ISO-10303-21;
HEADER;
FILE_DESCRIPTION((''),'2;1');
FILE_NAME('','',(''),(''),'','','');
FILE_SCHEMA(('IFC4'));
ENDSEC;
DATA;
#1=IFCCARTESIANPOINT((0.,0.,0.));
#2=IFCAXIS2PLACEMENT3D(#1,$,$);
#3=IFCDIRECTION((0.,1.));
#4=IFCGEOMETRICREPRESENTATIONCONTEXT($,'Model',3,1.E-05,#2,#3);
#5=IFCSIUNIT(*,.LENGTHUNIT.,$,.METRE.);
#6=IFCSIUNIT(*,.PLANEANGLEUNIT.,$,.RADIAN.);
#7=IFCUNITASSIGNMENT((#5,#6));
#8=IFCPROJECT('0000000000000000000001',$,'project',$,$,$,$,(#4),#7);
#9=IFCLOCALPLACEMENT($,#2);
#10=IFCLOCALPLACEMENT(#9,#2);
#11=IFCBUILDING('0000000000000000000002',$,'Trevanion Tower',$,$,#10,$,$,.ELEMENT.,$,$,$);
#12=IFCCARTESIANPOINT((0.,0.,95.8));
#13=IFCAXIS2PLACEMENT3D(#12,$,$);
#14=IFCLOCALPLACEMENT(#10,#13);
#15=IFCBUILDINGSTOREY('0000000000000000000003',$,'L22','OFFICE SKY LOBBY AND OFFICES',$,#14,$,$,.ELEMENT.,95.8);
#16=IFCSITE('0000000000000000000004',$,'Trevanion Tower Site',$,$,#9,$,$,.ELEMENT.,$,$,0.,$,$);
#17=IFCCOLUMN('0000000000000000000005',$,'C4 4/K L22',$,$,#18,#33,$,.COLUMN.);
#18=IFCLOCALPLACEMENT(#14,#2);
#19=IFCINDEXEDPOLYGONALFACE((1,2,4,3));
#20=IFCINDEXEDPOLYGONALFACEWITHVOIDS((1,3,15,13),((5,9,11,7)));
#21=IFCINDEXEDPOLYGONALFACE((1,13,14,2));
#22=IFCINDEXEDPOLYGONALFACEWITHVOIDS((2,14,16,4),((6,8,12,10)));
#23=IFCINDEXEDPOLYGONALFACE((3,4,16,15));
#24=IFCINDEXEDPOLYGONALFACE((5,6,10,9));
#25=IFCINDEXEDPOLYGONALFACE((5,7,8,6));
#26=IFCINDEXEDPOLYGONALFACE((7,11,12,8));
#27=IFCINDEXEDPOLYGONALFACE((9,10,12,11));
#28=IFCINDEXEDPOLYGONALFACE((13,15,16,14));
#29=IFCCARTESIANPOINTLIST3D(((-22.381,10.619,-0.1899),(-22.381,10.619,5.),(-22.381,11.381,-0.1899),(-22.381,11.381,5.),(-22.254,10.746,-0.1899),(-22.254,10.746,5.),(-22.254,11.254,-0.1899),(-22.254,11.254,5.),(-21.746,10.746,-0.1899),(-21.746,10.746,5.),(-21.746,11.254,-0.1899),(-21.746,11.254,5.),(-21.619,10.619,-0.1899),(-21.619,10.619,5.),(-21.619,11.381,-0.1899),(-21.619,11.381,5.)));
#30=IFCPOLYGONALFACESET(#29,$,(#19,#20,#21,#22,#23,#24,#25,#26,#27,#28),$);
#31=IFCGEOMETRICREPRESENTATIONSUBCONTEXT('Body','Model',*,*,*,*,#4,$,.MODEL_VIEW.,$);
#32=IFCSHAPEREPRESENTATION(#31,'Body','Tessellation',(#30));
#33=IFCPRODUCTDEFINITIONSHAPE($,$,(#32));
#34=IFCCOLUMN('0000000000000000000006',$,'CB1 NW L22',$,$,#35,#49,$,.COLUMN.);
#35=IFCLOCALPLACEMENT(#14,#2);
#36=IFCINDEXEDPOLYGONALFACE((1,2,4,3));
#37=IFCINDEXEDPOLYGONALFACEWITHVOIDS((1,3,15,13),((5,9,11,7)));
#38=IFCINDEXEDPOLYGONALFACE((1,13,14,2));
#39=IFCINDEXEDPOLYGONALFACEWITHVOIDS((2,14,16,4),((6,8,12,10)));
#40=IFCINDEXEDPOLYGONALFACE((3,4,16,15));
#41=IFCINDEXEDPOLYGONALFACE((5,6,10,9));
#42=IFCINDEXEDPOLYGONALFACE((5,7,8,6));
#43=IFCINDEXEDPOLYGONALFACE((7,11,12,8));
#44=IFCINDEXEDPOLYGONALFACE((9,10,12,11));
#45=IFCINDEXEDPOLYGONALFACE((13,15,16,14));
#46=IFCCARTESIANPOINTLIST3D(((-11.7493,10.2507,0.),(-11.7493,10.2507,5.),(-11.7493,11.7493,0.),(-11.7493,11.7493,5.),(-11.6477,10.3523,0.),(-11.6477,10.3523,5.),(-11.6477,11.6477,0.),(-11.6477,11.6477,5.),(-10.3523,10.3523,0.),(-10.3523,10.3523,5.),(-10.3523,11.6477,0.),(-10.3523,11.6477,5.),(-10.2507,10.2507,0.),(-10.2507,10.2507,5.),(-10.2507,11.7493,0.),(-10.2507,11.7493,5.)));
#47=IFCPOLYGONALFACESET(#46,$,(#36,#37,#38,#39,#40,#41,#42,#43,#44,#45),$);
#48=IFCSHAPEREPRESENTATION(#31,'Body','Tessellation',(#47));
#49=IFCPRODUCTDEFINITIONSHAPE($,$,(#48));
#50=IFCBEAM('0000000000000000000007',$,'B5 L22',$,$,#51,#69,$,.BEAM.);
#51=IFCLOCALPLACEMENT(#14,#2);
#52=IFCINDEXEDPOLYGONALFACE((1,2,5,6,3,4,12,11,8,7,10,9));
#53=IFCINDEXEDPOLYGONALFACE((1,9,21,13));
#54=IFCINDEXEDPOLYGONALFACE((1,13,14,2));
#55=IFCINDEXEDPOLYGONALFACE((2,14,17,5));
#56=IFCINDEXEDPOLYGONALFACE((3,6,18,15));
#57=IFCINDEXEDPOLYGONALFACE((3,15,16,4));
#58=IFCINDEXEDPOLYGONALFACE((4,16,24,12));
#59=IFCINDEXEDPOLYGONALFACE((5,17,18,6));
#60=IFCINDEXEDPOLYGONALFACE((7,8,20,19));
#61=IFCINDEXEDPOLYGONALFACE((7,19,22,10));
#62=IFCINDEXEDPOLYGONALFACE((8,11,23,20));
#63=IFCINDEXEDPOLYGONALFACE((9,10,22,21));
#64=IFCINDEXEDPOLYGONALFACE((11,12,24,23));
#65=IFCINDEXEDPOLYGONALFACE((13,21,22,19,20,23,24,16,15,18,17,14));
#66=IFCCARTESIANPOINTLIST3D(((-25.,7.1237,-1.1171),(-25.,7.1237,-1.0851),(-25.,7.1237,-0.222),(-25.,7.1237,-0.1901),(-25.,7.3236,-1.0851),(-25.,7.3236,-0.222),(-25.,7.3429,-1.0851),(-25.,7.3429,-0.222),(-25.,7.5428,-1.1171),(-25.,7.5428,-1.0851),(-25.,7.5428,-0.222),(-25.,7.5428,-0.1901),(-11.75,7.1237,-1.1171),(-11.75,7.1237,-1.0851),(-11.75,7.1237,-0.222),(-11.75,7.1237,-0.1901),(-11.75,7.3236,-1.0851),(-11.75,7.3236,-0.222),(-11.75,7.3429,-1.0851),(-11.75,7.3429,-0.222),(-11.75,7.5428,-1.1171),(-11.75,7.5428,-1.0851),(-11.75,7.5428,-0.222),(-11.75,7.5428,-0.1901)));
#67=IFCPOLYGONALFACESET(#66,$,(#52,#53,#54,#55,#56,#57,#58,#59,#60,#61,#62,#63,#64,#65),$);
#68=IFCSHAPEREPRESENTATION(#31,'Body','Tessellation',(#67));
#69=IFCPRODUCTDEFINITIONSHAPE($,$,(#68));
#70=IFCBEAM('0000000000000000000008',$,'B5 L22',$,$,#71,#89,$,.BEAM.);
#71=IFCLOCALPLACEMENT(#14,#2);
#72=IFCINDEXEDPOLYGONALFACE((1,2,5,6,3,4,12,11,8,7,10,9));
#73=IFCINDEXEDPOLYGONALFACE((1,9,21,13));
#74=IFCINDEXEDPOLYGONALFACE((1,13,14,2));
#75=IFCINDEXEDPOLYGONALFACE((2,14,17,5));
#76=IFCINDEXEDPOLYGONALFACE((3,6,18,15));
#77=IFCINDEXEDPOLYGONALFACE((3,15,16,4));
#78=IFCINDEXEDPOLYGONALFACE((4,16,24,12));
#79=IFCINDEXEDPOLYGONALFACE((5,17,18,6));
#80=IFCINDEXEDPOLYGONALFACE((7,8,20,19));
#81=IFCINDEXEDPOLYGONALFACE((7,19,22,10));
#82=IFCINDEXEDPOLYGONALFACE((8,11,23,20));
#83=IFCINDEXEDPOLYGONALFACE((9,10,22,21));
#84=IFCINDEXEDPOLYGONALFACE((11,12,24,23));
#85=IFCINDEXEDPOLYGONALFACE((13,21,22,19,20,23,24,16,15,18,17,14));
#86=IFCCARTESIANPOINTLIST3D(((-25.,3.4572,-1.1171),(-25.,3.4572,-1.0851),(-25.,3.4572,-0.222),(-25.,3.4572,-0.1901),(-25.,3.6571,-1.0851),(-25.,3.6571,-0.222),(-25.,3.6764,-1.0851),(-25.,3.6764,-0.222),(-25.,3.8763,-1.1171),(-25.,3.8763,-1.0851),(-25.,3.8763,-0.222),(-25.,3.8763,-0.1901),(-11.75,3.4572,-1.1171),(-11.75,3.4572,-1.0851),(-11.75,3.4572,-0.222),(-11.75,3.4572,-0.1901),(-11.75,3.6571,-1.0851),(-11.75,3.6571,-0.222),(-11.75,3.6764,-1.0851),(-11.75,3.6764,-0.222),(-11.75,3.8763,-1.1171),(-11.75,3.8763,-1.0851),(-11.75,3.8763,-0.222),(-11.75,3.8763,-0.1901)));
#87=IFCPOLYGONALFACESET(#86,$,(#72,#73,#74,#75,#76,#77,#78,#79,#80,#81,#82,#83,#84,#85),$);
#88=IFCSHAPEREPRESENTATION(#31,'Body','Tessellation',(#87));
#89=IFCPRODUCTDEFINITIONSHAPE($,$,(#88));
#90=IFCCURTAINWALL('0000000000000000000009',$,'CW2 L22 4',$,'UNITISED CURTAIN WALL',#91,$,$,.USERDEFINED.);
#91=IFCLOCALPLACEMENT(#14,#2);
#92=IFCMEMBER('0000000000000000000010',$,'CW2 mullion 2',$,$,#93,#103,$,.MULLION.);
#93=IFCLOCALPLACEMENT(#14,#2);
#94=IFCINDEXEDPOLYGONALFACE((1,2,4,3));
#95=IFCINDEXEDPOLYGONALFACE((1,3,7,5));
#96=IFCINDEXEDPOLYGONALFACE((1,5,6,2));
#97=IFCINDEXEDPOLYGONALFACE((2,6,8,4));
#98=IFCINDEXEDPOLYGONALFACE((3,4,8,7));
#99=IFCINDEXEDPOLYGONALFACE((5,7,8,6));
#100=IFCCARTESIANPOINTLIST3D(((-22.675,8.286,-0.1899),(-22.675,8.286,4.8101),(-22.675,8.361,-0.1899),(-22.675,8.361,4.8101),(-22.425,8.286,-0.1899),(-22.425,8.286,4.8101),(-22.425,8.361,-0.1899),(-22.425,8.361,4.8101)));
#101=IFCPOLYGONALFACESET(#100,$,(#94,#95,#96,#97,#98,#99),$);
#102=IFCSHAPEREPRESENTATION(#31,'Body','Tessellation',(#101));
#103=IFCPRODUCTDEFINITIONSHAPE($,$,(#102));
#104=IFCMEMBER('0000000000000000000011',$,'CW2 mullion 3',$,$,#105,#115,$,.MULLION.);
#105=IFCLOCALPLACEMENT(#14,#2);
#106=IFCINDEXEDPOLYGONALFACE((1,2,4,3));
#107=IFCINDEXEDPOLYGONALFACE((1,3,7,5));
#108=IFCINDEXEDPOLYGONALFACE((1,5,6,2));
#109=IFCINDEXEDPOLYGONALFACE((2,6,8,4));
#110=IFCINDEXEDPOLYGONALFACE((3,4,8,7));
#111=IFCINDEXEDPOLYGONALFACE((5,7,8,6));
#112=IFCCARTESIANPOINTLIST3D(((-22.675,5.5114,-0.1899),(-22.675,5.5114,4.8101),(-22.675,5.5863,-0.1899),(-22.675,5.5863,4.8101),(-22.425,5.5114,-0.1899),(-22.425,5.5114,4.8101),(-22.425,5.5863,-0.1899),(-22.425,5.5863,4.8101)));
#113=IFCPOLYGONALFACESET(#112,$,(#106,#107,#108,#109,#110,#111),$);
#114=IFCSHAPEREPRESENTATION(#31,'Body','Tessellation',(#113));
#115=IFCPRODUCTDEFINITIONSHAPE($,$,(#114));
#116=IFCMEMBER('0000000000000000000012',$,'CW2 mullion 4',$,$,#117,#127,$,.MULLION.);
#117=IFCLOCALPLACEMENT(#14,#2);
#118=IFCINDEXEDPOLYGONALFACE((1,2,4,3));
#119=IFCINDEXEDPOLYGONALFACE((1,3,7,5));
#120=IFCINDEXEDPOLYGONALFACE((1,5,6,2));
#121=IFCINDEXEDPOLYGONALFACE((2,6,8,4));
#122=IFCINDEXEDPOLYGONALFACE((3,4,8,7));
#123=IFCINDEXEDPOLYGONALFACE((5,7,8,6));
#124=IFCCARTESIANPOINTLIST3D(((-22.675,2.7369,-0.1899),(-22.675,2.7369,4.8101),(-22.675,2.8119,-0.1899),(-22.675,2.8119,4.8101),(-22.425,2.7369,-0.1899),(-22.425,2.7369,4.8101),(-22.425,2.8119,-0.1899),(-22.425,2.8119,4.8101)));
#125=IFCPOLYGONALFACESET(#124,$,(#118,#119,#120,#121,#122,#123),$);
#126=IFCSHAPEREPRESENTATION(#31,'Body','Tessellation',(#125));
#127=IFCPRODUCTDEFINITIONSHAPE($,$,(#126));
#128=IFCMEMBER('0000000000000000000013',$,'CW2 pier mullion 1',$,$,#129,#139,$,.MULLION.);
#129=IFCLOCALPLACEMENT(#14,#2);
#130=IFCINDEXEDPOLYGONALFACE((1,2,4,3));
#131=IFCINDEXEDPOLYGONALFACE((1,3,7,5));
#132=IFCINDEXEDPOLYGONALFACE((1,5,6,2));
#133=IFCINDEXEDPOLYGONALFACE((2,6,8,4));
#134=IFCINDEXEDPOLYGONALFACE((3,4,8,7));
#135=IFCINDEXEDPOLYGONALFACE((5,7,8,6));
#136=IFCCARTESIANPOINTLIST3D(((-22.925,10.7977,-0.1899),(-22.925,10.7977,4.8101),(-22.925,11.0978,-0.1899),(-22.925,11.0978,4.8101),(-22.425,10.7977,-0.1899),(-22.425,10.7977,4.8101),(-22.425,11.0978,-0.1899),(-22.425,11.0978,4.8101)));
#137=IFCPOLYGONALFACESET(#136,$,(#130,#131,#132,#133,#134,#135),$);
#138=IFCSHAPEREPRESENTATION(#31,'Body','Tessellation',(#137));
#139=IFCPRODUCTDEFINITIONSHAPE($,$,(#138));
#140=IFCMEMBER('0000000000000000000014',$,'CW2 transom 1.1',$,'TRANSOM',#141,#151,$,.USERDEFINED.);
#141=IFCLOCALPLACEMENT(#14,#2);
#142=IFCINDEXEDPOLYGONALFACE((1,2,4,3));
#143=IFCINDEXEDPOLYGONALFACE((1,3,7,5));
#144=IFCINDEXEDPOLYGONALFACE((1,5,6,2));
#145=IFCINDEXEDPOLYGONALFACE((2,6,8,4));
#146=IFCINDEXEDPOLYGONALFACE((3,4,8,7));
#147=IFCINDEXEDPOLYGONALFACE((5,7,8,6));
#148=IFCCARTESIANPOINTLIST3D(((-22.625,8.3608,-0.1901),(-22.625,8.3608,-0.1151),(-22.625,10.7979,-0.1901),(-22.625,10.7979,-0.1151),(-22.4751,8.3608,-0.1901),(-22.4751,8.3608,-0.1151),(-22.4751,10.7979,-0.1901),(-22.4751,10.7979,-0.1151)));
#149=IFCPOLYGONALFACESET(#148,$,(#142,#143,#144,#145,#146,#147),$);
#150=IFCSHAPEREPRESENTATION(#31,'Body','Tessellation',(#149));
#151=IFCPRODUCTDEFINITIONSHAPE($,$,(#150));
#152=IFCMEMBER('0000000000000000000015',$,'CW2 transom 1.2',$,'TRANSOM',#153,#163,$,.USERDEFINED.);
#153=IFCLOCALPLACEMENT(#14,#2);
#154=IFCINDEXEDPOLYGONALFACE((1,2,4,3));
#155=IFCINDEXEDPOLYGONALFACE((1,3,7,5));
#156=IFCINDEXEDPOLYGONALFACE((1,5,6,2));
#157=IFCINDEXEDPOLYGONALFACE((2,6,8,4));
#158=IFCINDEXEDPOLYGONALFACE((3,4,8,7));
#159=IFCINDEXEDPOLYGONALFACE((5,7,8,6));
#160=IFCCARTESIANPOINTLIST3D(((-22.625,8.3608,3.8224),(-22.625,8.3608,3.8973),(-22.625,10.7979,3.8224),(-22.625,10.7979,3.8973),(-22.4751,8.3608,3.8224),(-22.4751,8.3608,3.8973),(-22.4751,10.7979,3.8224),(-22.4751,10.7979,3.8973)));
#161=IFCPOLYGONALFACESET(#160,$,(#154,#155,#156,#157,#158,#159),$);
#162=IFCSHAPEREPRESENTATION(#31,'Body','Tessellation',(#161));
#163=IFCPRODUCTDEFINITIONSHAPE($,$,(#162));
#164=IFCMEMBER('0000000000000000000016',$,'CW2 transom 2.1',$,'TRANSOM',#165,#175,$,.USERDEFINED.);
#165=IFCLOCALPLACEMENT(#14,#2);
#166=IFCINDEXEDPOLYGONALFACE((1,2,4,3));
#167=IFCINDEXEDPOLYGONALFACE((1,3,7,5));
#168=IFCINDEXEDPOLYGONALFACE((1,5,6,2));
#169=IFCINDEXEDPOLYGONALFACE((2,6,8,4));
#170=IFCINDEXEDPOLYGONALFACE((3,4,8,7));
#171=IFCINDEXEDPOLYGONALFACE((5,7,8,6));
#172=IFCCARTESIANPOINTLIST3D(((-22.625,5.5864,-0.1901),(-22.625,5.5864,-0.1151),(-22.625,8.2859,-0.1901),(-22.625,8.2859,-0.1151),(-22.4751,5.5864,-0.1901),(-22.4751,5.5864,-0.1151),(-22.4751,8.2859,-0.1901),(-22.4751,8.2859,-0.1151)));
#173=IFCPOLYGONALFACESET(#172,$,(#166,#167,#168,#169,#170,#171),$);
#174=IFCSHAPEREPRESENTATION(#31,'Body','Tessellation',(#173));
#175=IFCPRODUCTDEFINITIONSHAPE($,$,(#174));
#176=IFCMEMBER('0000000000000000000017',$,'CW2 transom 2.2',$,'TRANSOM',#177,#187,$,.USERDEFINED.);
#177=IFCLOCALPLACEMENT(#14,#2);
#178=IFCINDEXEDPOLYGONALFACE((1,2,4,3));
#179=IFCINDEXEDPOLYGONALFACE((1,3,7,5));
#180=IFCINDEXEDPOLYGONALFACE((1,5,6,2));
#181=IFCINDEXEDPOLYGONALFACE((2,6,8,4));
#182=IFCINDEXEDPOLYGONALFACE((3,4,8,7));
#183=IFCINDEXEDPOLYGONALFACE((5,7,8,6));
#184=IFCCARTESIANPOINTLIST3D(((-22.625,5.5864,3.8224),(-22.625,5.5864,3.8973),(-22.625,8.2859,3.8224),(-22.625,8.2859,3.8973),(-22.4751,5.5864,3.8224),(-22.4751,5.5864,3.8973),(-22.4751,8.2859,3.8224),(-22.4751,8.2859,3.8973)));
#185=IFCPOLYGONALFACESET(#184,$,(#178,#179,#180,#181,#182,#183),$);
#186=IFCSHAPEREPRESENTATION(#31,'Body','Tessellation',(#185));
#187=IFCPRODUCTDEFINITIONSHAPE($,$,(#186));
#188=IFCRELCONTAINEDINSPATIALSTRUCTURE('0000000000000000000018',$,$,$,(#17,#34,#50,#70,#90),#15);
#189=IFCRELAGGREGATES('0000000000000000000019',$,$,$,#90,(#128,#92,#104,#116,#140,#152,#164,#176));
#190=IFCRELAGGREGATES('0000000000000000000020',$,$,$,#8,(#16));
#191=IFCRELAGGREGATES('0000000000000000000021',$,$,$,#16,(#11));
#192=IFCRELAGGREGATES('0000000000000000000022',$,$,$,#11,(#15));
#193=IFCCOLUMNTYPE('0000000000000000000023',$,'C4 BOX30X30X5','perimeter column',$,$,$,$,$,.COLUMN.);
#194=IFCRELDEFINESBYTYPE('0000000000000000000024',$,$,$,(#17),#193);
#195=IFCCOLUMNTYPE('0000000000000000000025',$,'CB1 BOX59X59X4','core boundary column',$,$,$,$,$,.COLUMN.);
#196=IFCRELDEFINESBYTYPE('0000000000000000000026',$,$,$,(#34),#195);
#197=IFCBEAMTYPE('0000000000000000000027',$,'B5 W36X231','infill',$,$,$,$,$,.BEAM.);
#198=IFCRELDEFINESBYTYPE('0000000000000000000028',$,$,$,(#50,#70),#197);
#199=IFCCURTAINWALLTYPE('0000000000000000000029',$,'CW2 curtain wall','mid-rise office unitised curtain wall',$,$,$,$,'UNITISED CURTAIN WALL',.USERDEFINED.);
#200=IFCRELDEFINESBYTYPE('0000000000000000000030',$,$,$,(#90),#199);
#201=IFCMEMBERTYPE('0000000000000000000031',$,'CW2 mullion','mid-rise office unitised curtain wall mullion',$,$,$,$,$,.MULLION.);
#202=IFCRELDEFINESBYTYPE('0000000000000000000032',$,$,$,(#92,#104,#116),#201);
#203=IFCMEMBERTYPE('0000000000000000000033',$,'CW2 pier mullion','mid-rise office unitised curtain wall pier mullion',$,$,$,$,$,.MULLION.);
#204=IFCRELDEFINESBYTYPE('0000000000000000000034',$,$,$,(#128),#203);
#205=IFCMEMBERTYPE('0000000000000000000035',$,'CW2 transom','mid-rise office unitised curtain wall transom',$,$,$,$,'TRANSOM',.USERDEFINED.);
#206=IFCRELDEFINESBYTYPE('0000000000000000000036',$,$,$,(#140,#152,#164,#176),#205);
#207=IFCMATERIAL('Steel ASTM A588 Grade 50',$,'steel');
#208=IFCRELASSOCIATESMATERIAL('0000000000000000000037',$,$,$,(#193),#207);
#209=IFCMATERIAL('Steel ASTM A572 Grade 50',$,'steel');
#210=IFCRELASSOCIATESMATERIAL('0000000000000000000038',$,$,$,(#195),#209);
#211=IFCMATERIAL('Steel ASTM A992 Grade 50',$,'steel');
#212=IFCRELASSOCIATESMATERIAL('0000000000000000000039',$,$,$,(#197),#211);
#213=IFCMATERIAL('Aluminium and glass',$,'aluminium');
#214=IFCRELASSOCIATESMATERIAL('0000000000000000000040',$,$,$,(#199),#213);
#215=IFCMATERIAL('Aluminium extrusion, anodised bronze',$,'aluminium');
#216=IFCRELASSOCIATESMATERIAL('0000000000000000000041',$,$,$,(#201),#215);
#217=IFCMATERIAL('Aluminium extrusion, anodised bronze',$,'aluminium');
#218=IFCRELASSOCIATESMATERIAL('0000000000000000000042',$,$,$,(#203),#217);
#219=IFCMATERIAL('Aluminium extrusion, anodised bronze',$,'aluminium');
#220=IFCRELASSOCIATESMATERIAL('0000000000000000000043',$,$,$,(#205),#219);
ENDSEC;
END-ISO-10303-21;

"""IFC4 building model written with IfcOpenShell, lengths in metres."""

from ifc_helpers import new_model, si_unit, direction, frame, origin, origin_2d, place, context, subcontext, project, spatial, rectangle, hollow_rectangle, i_section, extrude, material, material_profile, profile_set, type_object, element, aggregate, save


model = new_model("IFC4")

# Units and contexts
model_context = context("Model", 3, precision=1e-05, world=origin(), true_north=direction((0.0, 1.0)))
body_context = subcontext(model_context, "Body", "Model", "MODEL_VIEW")
ifc_project = project(units=[si_unit("LENGTHUNIT", "METRE"), si_unit("PLANEANGLEUNIT", "RADIAN")], contexts=[model_context])

# Site, building, storey
site_placement = place(None, origin())
site = spatial("IfcSite", under=ifc_project, at=site_placement, Name="Trevanion Tower Site", CompositionType="ELEMENT", RefElevation=0.0)
building_placement = place(site_placement, origin())
building = spatial("IfcBuilding", under=site, at=building_placement, Name="Trevanion Tower", CompositionType="ELEMENT")
storey_placement = place(building_placement, frame((0.0, 0.0, 95.8)))
storey = spatial("IfcBuildingStorey", under=building, at=storey_placement, Name="L22", Description="OFFICE SKY LOBBY AND OFFICES", CompositionType="ELEMENT", Elevation=95.8)

# Columns
ifc_material_1 = material(Name="Steel ASTM A588 Grade 50", Category="steel")
ifc_material_profile_1 = material_profile(ifc_material_1, hollow_rectangle(XDim=0.762, YDim=0.762, WallThickness=0.127, at=origin_2d()), Name="BOX30X30X5")
ifc_profile_set_1 = profile_set([ifc_material_profile_1], Name="Steel ASTM A588 Grade 50")
column_type_1 = type_object("IfcColumnType", Name="C4 BOX30X30X5", Description="perimeter column", PredefinedType="COLUMN", material=ifc_profile_set_1)
column_1_placement = place(storey_placement, frame((-22.0, 11.0, -0.1899), z_axis=(0.0, 0.0, 1.0), x_axis=(0.0, 1.0, 0.0)))
element("IfcColumn", 1, at=column_1_placement, inside=storey, type_object=column_type_1, Name="C4 4/K L22", PredefinedType="COLUMN", context=body_context, shape_type="SweptSolid", body=[
    extrude(hollow_rectangle(XDim=0.762, YDim=0.762, WallThickness=0.127, at=origin_2d()), origin(), (0.0, 0.0, 1.0), 5.1899),
])
ifc_material_2 = material(Name="Steel ASTM A572 Grade 50", Category="steel")
ifc_material_profile_2 = material_profile(ifc_material_2, hollow_rectangle(XDim=1.4985, YDim=1.4985, WallThickness=0.1016, at=origin_2d()), Name="BOX59X59X4")
ifc_profile_set_2 = profile_set([ifc_material_profile_2], Name="Steel ASTM A572 Grade 50")
column_type_2 = type_object("IfcColumnType", Name="CB1 BOX59X59X4", Description="core boundary column", PredefinedType="COLUMN", material=ifc_profile_set_2)
column_2_placement = place(storey_placement, frame((-11.0, 11.0, 0.0), z_axis=(0.0, 0.0, 1.0), x_axis=(1.0, 0.0, 0.0)))
element("IfcColumn", 2, at=column_2_placement, inside=storey, type_object=column_type_2, Name="CB1 NW L22", PredefinedType="COLUMN", context=body_context, shape_type="SweptSolid", body=[
    extrude(hollow_rectangle(XDim=1.4985, YDim=1.4985, WallThickness=0.1016, at=origin_2d()), origin(), (0.0, 0.0, 1.0), 5.0),
])

# Beams
ifc_material_3 = material(Name="Steel ASTM A992 Grade 50", Category="steel")
ifc_material_profile_3 = material_profile(ifc_material_3, i_section(OverallWidth=0.4192, OverallDepth=0.927, WebThickness=0.0193, FlangeThickness=0.032, at=origin_2d()), Name="W36X231")
ifc_profile_set_3 = profile_set([ifc_material_profile_3], Name="Steel ASTM A992 Grade 50")
beam_type_1 = type_object("IfcBeamType", Name="B5 W36X231", Description="infill", PredefinedType="BEAM", material=ifc_profile_set_3)
for number, where, z_axis, x_axis, name in (
    (3, (-11.75, 7.3333, -0.6536), (-1.0, 0.0, 0.0), (0.0, -1.0, 0.0), "B5 L22"),
    (4, (-11.75, 3.6667, -0.6536), (-1.0, 0.0, 0.0), (0.0, -1.0, 0.0), "B5 L22"),
):
    element("IfcBeam", number, at=place(storey_placement, frame(where, z_axis=z_axis, x_axis=x_axis)), inside=storey, type_object=beam_type_1, Name=name, PredefinedType="BEAM", context=body_context, shape_type="SweptSolid", body=[
        extrude(i_section(OverallWidth=0.4192, OverallDepth=0.927, WebThickness=0.0193, FlangeThickness=0.032, at=origin_2d()), origin(), (0.0, 0.0, 1.0), 13.25),
    ])

# Curtain wall, members
ifc_material_4 = material(Name="Aluminium and glass", Category="aluminium")
curtain_wall_type = type_object("IfcCurtainWallType", Name="CW2 curtain wall", Description="mid-rise office unitised curtain wall", ElementType="UNITISED CURTAIN WALL", PredefinedType="USERDEFINED", material=ifc_material_4)
curtain_wall_placement = place(storey_placement, origin())
curtain_wall = element("IfcCurtainWall", 5, at=curtain_wall_placement, inside=storey, type_object=curtain_wall_type, Name="CW2 L22 4", ObjectType="UNITISED CURTAIN WALL", PredefinedType="USERDEFINED")
ifc_material_5 = material(Name="Aluminium extrusion, anodised bronze", Category="aluminium")
ifc_material_profile_4 = material_profile(ifc_material_5, rectangle(XDim=0.075, YDim=0.25, at=origin_2d()), Name="CW2 mullion")
ifc_profile_set_4 = profile_set([ifc_material_profile_4], Name="Aluminium extrusion, anodised bronze")
member_type_1 = type_object("IfcMemberType", Name="CW2 mullion", Description="mid-rise office unitised curtain wall mullion", PredefinedType="MULLION", material=ifc_profile_set_4)
member_1_placement = place(storey_placement, frame((-22.55, 8.3235, -0.1899), z_axis=(0.0, 0.0, 1.0), x_axis=(0.0, -1.0, 0.0)))
member_1 = element("IfcMember", 6, at=member_1_placement, type_object=member_type_1, Name="CW2 mullion 2", PredefinedType="MULLION", context=body_context, shape_type="SweptSolid", body=[
    extrude(rectangle(XDim=0.075, YDim=0.25, at=origin_2d()), origin(), (0.0, 0.0, 1.0), 5.0),
])
member_2_placement = place(storey_placement, frame((-22.55, 5.5488, -0.1899), z_axis=(0.0, 0.0, 1.0), x_axis=(0.0, -1.0, 0.0)))
member_2 = element("IfcMember", 7, at=member_2_placement, type_object=member_type_1, Name="CW2 mullion 3", PredefinedType="MULLION", context=body_context, shape_type="SweptSolid", body=[
    extrude(rectangle(XDim=0.075, YDim=0.25, at=origin_2d()), origin(), (0.0, 0.0, 1.0), 5.0),
])
member_3_placement = place(storey_placement, frame((-22.55, 2.7744, -0.1899), z_axis=(0.0, 0.0, 1.0), x_axis=(0.0, -1.0, 0.0)))
member_3 = element("IfcMember", 8, at=member_3_placement, type_object=member_type_1, Name="CW2 mullion 4", PredefinedType="MULLION", context=body_context, shape_type="SweptSolid", body=[
    extrude(rectangle(XDim=0.075, YDim=0.25, at=origin_2d()), origin(), (0.0, 0.0, 1.0), 5.0),
])
ifc_material_6 = material(Name="Aluminium extrusion, anodised bronze", Category="aluminium")
ifc_material_profile_5 = material_profile(ifc_material_6, rectangle(XDim=0.3, YDim=0.5, at=origin_2d()), Name="CW2 pier mullion")
ifc_profile_set_5 = profile_set([ifc_material_profile_5], Name="Aluminium extrusion, anodised bronze")
member_type_2 = type_object("IfcMemberType", Name="CW2 pier mullion", Description="mid-rise office unitised curtain wall pier mullion", PredefinedType="MULLION", material=ifc_profile_set_5)
member_4_placement = place(storey_placement, frame((-22.675, 10.9478, -0.1899), z_axis=(0.0, 0.0, 1.0), x_axis=(0.0, -1.0, 0.0)))
member_4 = element("IfcMember", 9, at=member_4_placement, type_object=member_type_2, Name="CW2 pier mullion 1", PredefinedType="MULLION", context=body_context, shape_type="SweptSolid", body=[
    extrude(rectangle(XDim=0.3, YDim=0.5, at=origin_2d()), origin(), (0.0, 0.0, 1.0), 5.0),
])
ifc_material_7 = material(Name="Aluminium extrusion, anodised bronze", Category="aluminium")
ifc_material_profile_6 = material_profile(ifc_material_7, rectangle(XDim=0.1499, YDim=0.075, at=origin_2d()), Name="CW2 transom")
ifc_profile_set_6 = profile_set([ifc_material_profile_6], Name="Aluminium extrusion, anodised bronze")
member_type_3 = type_object("IfcMemberType", Name="CW2 transom", Description="mid-rise office unitised curtain wall transom", ElementType="TRANSOM", PredefinedType="USERDEFINED", material=ifc_profile_set_6)
member_5_placement = place(storey_placement, frame((-22.55, 10.7979, -0.1526), z_axis=(0.0, -1.0, 0.0), x_axis=(1.0, 0.0, 0.0)))
member_5 = element("IfcMember", 10, at=member_5_placement, type_object=member_type_3, Name="CW2 transom 1.1", ObjectType="TRANSOM", PredefinedType="USERDEFINED", context=body_context, shape_type="SweptSolid", body=[
    extrude(rectangle(XDim=0.1499, YDim=0.075, at=origin_2d()), origin(), (0.0, 0.0, 1.0), 2.437),
])
member_6_placement = place(storey_placement, frame((-22.55, 10.7979, 3.8599), z_axis=(0.0, -1.0, 0.0), x_axis=(1.0, 0.0, 0.0)))
member_6 = element("IfcMember", 11, at=member_6_placement, type_object=member_type_3, Name="CW2 transom 1.2", ObjectType="TRANSOM", PredefinedType="USERDEFINED", context=body_context, shape_type="SweptSolid", body=[
    extrude(rectangle(XDim=0.1499, YDim=0.075, at=origin_2d()), origin(), (0.0, 0.0, 1.0), 2.437),
])
member_7_placement = place(storey_placement, frame((-22.55, 8.2859, -0.1526), z_axis=(0.0, -1.0, 0.0), x_axis=(1.0, 0.0, 0.0)))
member_7 = element("IfcMember", 12, at=member_7_placement, type_object=member_type_3, Name="CW2 transom 2.1", ObjectType="TRANSOM", PredefinedType="USERDEFINED", context=body_context, shape_type="SweptSolid", body=[
    extrude(rectangle(XDim=0.1499, YDim=0.075, at=origin_2d()), origin(), (0.0, 0.0, 1.0), 2.6995),
])
member_8_placement = place(storey_placement, frame((-22.55, 8.2859, 3.8599), z_axis=(0.0, -1.0, 0.0), x_axis=(1.0, 0.0, 0.0)))
member_8 = element("IfcMember", 13, at=member_8_placement, type_object=member_type_3, Name="CW2 transom 2.2", ObjectType="TRANSOM", PredefinedType="USERDEFINED", context=body_context, shape_type="SweptSolid", body=[
    extrude(rectangle(XDim=0.1499, YDim=0.075, at=origin_2d()), origin(), (0.0, 0.0, 1.0), 2.6995),
])

aggregate(curtain_wall, [member_4, member_1, member_2, member_3, member_5, member_6, member_7, member_8])

save(model, "model.ifc")
